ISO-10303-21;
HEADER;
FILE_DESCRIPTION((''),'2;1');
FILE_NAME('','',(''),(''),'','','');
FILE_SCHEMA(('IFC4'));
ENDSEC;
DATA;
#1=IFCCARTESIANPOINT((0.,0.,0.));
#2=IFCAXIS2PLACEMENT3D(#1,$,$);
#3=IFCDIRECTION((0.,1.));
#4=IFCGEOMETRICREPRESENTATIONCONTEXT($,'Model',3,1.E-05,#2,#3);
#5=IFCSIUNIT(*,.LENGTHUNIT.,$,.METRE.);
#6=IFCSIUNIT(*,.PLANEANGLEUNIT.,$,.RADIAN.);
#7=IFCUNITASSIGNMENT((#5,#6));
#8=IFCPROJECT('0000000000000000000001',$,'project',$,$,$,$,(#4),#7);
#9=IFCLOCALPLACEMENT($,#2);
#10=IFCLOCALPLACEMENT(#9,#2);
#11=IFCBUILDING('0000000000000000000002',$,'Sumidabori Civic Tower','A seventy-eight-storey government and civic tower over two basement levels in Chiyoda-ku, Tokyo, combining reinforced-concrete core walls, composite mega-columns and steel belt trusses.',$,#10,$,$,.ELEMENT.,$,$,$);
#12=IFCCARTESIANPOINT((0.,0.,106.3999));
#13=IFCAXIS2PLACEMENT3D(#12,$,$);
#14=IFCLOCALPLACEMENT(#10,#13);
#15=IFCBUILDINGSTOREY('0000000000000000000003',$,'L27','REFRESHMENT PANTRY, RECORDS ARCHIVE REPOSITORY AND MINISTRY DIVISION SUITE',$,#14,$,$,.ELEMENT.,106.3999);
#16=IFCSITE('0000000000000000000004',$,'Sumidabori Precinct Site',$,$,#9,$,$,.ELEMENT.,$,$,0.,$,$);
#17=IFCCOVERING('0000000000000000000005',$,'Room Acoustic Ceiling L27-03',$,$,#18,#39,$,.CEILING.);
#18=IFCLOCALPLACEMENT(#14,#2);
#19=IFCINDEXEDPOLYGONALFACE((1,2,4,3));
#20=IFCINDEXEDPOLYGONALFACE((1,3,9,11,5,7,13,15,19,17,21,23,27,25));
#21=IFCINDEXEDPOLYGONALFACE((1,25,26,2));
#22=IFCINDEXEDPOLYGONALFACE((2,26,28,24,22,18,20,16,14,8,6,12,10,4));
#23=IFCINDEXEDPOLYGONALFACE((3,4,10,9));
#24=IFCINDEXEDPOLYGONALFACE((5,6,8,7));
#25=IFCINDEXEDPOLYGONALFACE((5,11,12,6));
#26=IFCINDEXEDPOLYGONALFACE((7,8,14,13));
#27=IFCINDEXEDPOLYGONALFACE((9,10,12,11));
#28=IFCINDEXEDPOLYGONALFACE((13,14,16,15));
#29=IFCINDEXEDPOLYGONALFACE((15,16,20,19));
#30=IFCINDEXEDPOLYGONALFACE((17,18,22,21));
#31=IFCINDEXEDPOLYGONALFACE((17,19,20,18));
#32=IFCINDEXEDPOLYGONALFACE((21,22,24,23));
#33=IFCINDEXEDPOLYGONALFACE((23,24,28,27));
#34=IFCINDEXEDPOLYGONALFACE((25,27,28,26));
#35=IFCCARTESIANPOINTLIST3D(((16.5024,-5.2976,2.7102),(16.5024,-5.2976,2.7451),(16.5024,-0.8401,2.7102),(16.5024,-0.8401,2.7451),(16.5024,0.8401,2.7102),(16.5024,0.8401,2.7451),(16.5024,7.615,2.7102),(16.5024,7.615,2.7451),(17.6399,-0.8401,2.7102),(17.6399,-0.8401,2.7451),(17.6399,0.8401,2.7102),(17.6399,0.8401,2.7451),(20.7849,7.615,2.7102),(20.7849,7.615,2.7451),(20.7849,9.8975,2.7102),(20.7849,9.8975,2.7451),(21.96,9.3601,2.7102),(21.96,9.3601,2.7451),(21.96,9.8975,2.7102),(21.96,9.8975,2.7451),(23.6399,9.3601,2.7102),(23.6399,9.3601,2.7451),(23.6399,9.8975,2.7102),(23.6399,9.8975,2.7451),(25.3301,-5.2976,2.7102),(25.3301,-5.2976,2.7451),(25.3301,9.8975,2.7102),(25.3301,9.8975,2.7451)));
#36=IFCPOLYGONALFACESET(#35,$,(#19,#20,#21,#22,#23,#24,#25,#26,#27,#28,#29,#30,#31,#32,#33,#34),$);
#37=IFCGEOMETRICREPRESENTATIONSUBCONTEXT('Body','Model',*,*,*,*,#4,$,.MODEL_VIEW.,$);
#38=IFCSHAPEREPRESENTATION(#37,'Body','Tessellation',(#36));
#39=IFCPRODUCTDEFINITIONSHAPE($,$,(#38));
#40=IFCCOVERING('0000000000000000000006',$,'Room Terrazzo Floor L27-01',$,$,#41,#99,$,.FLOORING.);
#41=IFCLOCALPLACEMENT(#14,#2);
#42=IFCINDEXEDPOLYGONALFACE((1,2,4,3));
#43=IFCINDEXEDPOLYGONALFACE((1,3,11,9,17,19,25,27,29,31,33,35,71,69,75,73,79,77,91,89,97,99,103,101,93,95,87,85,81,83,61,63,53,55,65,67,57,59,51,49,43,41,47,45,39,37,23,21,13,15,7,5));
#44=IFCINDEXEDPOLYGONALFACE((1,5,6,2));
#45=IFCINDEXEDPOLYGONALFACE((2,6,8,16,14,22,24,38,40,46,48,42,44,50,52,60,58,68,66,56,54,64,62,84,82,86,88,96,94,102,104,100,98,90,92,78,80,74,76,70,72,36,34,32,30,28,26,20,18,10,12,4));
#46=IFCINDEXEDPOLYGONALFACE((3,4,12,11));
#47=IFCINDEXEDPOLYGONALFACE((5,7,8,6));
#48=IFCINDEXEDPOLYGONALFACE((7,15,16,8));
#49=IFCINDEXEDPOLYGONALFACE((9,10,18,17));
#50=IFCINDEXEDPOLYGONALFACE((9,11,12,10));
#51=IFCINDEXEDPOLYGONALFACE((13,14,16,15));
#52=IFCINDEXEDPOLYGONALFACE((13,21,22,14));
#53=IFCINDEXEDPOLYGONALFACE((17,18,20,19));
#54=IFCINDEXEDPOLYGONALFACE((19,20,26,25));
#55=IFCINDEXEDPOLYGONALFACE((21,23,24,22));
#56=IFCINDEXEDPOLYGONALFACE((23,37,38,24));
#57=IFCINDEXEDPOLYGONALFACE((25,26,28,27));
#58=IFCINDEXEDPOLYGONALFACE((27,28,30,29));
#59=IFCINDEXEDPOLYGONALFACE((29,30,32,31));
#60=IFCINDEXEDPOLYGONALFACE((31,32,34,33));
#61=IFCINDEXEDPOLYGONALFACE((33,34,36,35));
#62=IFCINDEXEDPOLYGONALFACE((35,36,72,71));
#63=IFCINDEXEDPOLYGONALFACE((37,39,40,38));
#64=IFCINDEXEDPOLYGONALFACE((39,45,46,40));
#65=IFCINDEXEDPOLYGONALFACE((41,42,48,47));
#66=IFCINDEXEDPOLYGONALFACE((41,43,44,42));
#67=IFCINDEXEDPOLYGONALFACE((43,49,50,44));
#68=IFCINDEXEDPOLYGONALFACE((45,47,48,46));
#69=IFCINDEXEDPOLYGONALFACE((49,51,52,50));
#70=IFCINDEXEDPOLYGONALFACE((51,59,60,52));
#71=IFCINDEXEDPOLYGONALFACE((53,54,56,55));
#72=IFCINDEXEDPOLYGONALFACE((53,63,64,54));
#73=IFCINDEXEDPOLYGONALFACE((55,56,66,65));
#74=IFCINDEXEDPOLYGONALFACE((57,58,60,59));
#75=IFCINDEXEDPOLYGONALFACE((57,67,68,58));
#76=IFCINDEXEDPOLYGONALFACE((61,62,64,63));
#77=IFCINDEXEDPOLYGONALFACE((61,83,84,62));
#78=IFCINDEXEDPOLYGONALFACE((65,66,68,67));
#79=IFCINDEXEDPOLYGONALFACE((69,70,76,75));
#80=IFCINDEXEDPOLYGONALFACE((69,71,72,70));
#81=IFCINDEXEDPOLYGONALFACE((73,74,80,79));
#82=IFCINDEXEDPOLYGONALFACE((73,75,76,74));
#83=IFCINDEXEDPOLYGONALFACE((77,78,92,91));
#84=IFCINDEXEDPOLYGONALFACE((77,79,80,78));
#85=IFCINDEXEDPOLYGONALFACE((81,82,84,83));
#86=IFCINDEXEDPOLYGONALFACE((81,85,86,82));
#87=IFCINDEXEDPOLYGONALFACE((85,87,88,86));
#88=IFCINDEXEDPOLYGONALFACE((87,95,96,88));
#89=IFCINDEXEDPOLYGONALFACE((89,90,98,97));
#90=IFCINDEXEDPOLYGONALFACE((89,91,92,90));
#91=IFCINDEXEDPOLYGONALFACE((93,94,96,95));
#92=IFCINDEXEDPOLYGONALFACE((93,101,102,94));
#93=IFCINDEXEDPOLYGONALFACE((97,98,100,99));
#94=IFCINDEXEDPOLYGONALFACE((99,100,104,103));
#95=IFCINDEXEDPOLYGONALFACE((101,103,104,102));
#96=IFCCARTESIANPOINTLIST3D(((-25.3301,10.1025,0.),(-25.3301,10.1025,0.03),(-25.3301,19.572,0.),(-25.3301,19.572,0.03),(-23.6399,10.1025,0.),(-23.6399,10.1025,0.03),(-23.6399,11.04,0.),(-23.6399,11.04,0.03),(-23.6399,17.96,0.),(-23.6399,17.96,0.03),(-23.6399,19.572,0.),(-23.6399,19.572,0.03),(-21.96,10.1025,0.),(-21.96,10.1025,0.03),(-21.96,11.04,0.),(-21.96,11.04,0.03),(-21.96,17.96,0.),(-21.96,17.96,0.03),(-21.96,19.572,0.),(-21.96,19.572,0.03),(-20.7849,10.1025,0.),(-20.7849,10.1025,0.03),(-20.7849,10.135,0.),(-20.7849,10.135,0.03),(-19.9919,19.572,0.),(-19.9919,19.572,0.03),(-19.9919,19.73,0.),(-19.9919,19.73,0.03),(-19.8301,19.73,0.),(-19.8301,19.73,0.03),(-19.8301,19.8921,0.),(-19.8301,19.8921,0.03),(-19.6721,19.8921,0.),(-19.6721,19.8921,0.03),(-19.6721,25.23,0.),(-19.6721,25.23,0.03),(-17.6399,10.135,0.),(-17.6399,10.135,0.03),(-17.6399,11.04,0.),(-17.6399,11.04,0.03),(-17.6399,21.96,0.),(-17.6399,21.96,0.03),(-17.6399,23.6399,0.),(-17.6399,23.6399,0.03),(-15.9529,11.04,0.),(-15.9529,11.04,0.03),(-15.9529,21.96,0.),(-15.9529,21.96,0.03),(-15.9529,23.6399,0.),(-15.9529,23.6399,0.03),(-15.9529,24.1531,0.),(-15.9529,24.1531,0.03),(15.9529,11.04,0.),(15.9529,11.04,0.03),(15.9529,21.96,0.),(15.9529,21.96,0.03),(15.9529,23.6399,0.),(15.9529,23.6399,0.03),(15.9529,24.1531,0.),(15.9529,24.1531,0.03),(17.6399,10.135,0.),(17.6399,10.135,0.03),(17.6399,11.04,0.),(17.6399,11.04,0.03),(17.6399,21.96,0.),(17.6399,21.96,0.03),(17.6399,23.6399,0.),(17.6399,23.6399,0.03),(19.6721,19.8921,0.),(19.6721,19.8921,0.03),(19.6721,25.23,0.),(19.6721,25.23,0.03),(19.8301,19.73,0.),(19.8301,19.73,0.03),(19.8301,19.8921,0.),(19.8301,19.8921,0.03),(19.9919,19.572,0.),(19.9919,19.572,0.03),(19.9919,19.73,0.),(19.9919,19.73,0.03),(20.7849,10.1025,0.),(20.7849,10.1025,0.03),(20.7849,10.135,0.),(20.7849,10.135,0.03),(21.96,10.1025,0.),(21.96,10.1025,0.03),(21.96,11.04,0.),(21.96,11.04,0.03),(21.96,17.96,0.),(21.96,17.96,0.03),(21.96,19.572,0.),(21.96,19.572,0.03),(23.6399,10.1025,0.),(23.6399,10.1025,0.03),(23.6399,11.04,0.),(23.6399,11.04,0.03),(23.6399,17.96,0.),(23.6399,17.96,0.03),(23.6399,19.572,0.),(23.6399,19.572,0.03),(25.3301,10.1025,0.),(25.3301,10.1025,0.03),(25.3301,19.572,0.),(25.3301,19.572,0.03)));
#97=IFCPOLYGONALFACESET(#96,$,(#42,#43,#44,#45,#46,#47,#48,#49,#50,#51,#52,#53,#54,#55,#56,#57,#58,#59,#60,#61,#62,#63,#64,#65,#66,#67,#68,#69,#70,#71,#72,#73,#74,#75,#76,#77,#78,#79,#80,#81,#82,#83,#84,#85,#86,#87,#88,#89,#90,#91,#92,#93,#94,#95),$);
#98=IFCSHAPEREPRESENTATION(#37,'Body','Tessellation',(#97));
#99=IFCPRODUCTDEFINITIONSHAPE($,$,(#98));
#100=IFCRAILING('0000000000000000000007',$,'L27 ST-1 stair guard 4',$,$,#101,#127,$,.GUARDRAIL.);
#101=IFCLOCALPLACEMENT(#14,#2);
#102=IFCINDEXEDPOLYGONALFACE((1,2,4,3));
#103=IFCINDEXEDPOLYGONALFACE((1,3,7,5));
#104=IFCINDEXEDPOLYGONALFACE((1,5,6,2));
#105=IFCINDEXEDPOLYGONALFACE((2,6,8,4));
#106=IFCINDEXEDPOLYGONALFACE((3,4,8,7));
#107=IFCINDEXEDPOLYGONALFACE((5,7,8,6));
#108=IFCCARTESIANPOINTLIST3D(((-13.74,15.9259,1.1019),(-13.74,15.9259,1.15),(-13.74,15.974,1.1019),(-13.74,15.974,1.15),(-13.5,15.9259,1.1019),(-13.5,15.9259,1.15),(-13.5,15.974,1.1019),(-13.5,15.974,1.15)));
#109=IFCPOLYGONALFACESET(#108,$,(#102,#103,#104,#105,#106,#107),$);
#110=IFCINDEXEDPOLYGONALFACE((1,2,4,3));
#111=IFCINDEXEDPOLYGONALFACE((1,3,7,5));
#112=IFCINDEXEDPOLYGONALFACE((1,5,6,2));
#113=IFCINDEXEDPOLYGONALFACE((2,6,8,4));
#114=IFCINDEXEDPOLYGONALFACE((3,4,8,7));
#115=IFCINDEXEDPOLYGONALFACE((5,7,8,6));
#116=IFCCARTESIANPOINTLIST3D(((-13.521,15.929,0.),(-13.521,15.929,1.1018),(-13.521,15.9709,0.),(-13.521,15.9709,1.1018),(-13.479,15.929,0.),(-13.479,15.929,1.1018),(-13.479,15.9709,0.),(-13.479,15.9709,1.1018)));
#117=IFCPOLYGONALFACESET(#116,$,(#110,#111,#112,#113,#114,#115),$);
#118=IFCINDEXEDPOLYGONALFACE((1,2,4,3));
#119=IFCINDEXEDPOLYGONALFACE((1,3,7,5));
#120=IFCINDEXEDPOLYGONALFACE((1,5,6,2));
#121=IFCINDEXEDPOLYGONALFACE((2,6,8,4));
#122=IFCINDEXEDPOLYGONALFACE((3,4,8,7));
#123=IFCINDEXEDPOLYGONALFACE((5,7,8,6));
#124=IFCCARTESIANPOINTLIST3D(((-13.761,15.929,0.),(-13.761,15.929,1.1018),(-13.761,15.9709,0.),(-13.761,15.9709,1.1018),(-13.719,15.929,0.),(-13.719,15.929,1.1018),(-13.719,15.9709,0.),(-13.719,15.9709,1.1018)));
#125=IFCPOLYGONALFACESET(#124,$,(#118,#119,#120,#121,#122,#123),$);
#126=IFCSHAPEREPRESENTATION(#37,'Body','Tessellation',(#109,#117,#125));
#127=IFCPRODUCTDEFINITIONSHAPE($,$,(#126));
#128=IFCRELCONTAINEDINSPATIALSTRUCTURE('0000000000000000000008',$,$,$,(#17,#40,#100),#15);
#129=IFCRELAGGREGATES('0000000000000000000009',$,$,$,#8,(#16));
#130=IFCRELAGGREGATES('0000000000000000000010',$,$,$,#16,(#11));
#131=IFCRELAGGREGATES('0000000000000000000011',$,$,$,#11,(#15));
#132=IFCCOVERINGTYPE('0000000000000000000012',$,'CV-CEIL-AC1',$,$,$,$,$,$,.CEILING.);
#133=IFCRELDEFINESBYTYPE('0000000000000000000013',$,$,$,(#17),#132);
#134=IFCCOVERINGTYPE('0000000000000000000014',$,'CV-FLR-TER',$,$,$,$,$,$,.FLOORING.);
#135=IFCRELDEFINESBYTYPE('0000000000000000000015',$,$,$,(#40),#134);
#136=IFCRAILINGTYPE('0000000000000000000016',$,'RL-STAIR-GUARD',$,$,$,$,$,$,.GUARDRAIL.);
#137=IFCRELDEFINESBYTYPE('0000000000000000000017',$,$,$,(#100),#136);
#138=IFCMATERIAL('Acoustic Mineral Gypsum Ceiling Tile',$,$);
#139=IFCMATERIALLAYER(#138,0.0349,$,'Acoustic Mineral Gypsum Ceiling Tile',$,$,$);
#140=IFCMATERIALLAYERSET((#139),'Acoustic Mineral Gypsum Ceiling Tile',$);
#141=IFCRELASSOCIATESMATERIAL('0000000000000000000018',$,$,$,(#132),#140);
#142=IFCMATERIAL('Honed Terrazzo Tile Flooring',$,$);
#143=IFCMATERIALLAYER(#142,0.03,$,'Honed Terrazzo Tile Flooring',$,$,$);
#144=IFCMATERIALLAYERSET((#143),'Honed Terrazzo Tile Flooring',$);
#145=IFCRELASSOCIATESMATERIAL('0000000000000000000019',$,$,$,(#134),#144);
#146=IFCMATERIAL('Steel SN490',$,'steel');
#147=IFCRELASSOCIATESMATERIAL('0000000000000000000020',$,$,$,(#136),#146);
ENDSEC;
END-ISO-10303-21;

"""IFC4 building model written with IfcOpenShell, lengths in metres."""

from ifc_helpers import new_model, si_unit, direction, frame, origin, origin_2d, place, context, subcontext, project, spatial, polyline, rectangle, outline, extrude, material, layer, layer_set, type_object, element, save


model = new_model("IFC4")

# Units and contexts
model_context = context("Model", 3, precision=1e-05, world=origin(), true_north=direction((0.0, 1.0)))
body_context = subcontext(model_context, "Body", "Model", "MODEL_VIEW")
ifc_project = project(units=[si_unit("LENGTHUNIT", "METRE"), si_unit("PLANEANGLEUNIT", "RADIAN")], contexts=[model_context])

# Site, building, storey
site_placement = place(None, origin())
site = spatial("IfcSite", under=ifc_project, at=site_placement, Name="Sumidabori Precinct Site", CompositionType="ELEMENT", RefElevation=0.0)
building_placement = place(site_placement, origin())
building = spatial("IfcBuilding", under=site, at=building_placement, Name="Sumidabori Civic Tower", Description="A seventy-eight-storey government and civic tower over two basement levels in Chiyoda-ku, Tokyo, combining reinforced-concrete core walls, composite mega-columns and steel belt trusses.", CompositionType="ELEMENT")
storey_placement = place(building_placement, frame((0.0, 0.0, 106.3999)))
storey = spatial("IfcBuildingStorey", under=building, at=storey_placement, Name="L27", Description="REFRESHMENT PANTRY, RECORDS ARCHIVE REPOSITORY AND MINISTRY DIVISION SUITE", CompositionType="ELEMENT", Elevation=106.3999)

# Shared definitions
ifc_material_1 = material(Name="Steel SN490", Category="steel")

# Coverings
ifc_material_2 = material(Name="Acoustic Mineral Gypsum Ceiling Tile")
ifc_layer_1 = layer(ifc_material_2, 0.0349, Name="Acoustic Mineral Gypsum Ceiling Tile")
ifc_layer_set_1 = layer_set([ifc_layer_1], Name="Acoustic Mineral Gypsum Ceiling Tile")
covering_type_1 = type_object("IfcCoveringType", Name="CV-CEIL-AC1", PredefinedType="CEILING", material=ifc_layer_set_1)
covering_1_placement = place(storey_placement, frame((0.0, 0.0, 2.7102)))
element("IfcCovering", 1, at=covering_1_placement, inside=storey, type_object=covering_type_1, Name="Room Acoustic Ceiling L27-03", PredefinedType="CEILING", context=body_context, shape_type="SweptSolid", body=[
    extrude(outline(polyline([(16.5024, -0.8401), (17.6399, -0.8401), (17.6399, 0.8401), (16.5024, 0.8401), (16.5024, 7.615), (20.7849, 7.615), (20.7849, 9.8975), (21.96, 9.8975), (21.96, 9.3601), (23.6399, 9.3601), (23.6399, 9.8975), (25.3301, 9.8975), (25.3301, -5.2976), (16.5024, -5.2976), (16.5024, -0.8401)])), origin(), (0.0, 0.0, 1.0), 0.0349),
])
ifc_material_3 = material(Name="Honed Terrazzo Tile Flooring")
ifc_layer_2 = layer(ifc_material_3, 0.03, Name="Honed Terrazzo Tile Flooring")
ifc_layer_set_2 = layer_set([ifc_layer_2], Name="Honed Terrazzo Tile Flooring")
covering_type_2 = type_object("IfcCoveringType", Name="CV-FLR-TER", PredefinedType="FLOORING", material=ifc_layer_set_2)
covering_2_placement = place(storey_placement, origin())
element("IfcCovering", 2, at=covering_2_placement, inside=storey, type_object=covering_type_2, Name="Room Terrazzo Floor L27-01", PredefinedType="FLOORING", context=body_context, shape_type="SweptSolid", body=[
    extrude(outline(polyline([(-21.96, 10.1025), (-21.96, 11.04), (-23.6399, 11.04), (-23.6399, 10.1025), (-25.3301, 10.1025), (-25.3301, 19.572), (-23.6399, 19.572), (-23.6399, 17.96), (-21.96, 17.96), (-21.96, 19.572), (-19.9919, 19.572), (-19.9919, 19.73), (-19.8301, 19.73), (-19.8301, 19.8921), (-19.6721, 19.8921), (-19.6721, 25.23), (19.6721, 25.23), (19.6721, 19.8921), (19.8301, 19.8921), (19.8301, 19.73), (19.9919, 19.73), (19.9919, 19.572), (21.96, 19.572), (21.96, 17.96), (23.6399, 17.96), (23.6399, 19.572), (25.3301, 19.572), (25.3301, 10.1025), (23.6399, 10.1025), (23.6399, 11.04), (21.96, 11.04), (21.96, 10.1025), (20.7849, 10.1025), (20.7849, 10.135), (17.6399, 10.135), (17.6399, 11.04), (15.9529, 11.04), (15.9529, 21.96), (17.6399, 21.96), (17.6399, 23.6399), (15.9529, 23.6399), (15.9529, 24.1531), (-15.9529, 24.1531), (-15.9529, 23.6399), (-17.6399, 23.6399), (-17.6399, 21.96), (-15.9529, 21.96), (-15.9529, 11.04), (-17.6399, 11.04), (-17.6399, 10.135), (-20.7849, 10.135), (-20.7849, 10.1025), (-21.96, 10.1025)])), origin(), (0.0, 0.0, 1.0), 0.03),
])

# Railing
railing_type = type_object("IfcRailingType", Name="RL-STAIR-GUARD", PredefinedType="GUARDRAIL", material=ifc_material_1)
railing_placement = place(storey_placement, frame((-13.5, 15.95, 0.0)))
element("IfcRailing", 3, at=railing_placement, inside=storey, type_object=railing_type, Name="L27 ST-1 stair guard 4", PredefinedType="GUARDRAIL", context=body_context, shape_type="SweptSolid", body=[
    extrude(rectangle(XDim=0.0481, YDim=0.0481, at=origin_2d()), frame((0.0, 0.0, 1.126), z_axis=(-1.0, 0.0, 0.0), x_axis=(0.0, -1.0, 0.0)), (0.0, 0.0, 1.0), 0.24),
    extrude(rectangle(XDim=0.042, YDim=0.042, at=origin_2d()), origin(), (0.0, 0.0, 1.0), 1.1018),
    extrude(rectangle(XDim=0.042, YDim=0.042, at=origin_2d()), frame((-0.24, 0.0, 0.0)), (0.0, 0.0, 1.0), 1.1018),
])

save(model, "model.ifc")
